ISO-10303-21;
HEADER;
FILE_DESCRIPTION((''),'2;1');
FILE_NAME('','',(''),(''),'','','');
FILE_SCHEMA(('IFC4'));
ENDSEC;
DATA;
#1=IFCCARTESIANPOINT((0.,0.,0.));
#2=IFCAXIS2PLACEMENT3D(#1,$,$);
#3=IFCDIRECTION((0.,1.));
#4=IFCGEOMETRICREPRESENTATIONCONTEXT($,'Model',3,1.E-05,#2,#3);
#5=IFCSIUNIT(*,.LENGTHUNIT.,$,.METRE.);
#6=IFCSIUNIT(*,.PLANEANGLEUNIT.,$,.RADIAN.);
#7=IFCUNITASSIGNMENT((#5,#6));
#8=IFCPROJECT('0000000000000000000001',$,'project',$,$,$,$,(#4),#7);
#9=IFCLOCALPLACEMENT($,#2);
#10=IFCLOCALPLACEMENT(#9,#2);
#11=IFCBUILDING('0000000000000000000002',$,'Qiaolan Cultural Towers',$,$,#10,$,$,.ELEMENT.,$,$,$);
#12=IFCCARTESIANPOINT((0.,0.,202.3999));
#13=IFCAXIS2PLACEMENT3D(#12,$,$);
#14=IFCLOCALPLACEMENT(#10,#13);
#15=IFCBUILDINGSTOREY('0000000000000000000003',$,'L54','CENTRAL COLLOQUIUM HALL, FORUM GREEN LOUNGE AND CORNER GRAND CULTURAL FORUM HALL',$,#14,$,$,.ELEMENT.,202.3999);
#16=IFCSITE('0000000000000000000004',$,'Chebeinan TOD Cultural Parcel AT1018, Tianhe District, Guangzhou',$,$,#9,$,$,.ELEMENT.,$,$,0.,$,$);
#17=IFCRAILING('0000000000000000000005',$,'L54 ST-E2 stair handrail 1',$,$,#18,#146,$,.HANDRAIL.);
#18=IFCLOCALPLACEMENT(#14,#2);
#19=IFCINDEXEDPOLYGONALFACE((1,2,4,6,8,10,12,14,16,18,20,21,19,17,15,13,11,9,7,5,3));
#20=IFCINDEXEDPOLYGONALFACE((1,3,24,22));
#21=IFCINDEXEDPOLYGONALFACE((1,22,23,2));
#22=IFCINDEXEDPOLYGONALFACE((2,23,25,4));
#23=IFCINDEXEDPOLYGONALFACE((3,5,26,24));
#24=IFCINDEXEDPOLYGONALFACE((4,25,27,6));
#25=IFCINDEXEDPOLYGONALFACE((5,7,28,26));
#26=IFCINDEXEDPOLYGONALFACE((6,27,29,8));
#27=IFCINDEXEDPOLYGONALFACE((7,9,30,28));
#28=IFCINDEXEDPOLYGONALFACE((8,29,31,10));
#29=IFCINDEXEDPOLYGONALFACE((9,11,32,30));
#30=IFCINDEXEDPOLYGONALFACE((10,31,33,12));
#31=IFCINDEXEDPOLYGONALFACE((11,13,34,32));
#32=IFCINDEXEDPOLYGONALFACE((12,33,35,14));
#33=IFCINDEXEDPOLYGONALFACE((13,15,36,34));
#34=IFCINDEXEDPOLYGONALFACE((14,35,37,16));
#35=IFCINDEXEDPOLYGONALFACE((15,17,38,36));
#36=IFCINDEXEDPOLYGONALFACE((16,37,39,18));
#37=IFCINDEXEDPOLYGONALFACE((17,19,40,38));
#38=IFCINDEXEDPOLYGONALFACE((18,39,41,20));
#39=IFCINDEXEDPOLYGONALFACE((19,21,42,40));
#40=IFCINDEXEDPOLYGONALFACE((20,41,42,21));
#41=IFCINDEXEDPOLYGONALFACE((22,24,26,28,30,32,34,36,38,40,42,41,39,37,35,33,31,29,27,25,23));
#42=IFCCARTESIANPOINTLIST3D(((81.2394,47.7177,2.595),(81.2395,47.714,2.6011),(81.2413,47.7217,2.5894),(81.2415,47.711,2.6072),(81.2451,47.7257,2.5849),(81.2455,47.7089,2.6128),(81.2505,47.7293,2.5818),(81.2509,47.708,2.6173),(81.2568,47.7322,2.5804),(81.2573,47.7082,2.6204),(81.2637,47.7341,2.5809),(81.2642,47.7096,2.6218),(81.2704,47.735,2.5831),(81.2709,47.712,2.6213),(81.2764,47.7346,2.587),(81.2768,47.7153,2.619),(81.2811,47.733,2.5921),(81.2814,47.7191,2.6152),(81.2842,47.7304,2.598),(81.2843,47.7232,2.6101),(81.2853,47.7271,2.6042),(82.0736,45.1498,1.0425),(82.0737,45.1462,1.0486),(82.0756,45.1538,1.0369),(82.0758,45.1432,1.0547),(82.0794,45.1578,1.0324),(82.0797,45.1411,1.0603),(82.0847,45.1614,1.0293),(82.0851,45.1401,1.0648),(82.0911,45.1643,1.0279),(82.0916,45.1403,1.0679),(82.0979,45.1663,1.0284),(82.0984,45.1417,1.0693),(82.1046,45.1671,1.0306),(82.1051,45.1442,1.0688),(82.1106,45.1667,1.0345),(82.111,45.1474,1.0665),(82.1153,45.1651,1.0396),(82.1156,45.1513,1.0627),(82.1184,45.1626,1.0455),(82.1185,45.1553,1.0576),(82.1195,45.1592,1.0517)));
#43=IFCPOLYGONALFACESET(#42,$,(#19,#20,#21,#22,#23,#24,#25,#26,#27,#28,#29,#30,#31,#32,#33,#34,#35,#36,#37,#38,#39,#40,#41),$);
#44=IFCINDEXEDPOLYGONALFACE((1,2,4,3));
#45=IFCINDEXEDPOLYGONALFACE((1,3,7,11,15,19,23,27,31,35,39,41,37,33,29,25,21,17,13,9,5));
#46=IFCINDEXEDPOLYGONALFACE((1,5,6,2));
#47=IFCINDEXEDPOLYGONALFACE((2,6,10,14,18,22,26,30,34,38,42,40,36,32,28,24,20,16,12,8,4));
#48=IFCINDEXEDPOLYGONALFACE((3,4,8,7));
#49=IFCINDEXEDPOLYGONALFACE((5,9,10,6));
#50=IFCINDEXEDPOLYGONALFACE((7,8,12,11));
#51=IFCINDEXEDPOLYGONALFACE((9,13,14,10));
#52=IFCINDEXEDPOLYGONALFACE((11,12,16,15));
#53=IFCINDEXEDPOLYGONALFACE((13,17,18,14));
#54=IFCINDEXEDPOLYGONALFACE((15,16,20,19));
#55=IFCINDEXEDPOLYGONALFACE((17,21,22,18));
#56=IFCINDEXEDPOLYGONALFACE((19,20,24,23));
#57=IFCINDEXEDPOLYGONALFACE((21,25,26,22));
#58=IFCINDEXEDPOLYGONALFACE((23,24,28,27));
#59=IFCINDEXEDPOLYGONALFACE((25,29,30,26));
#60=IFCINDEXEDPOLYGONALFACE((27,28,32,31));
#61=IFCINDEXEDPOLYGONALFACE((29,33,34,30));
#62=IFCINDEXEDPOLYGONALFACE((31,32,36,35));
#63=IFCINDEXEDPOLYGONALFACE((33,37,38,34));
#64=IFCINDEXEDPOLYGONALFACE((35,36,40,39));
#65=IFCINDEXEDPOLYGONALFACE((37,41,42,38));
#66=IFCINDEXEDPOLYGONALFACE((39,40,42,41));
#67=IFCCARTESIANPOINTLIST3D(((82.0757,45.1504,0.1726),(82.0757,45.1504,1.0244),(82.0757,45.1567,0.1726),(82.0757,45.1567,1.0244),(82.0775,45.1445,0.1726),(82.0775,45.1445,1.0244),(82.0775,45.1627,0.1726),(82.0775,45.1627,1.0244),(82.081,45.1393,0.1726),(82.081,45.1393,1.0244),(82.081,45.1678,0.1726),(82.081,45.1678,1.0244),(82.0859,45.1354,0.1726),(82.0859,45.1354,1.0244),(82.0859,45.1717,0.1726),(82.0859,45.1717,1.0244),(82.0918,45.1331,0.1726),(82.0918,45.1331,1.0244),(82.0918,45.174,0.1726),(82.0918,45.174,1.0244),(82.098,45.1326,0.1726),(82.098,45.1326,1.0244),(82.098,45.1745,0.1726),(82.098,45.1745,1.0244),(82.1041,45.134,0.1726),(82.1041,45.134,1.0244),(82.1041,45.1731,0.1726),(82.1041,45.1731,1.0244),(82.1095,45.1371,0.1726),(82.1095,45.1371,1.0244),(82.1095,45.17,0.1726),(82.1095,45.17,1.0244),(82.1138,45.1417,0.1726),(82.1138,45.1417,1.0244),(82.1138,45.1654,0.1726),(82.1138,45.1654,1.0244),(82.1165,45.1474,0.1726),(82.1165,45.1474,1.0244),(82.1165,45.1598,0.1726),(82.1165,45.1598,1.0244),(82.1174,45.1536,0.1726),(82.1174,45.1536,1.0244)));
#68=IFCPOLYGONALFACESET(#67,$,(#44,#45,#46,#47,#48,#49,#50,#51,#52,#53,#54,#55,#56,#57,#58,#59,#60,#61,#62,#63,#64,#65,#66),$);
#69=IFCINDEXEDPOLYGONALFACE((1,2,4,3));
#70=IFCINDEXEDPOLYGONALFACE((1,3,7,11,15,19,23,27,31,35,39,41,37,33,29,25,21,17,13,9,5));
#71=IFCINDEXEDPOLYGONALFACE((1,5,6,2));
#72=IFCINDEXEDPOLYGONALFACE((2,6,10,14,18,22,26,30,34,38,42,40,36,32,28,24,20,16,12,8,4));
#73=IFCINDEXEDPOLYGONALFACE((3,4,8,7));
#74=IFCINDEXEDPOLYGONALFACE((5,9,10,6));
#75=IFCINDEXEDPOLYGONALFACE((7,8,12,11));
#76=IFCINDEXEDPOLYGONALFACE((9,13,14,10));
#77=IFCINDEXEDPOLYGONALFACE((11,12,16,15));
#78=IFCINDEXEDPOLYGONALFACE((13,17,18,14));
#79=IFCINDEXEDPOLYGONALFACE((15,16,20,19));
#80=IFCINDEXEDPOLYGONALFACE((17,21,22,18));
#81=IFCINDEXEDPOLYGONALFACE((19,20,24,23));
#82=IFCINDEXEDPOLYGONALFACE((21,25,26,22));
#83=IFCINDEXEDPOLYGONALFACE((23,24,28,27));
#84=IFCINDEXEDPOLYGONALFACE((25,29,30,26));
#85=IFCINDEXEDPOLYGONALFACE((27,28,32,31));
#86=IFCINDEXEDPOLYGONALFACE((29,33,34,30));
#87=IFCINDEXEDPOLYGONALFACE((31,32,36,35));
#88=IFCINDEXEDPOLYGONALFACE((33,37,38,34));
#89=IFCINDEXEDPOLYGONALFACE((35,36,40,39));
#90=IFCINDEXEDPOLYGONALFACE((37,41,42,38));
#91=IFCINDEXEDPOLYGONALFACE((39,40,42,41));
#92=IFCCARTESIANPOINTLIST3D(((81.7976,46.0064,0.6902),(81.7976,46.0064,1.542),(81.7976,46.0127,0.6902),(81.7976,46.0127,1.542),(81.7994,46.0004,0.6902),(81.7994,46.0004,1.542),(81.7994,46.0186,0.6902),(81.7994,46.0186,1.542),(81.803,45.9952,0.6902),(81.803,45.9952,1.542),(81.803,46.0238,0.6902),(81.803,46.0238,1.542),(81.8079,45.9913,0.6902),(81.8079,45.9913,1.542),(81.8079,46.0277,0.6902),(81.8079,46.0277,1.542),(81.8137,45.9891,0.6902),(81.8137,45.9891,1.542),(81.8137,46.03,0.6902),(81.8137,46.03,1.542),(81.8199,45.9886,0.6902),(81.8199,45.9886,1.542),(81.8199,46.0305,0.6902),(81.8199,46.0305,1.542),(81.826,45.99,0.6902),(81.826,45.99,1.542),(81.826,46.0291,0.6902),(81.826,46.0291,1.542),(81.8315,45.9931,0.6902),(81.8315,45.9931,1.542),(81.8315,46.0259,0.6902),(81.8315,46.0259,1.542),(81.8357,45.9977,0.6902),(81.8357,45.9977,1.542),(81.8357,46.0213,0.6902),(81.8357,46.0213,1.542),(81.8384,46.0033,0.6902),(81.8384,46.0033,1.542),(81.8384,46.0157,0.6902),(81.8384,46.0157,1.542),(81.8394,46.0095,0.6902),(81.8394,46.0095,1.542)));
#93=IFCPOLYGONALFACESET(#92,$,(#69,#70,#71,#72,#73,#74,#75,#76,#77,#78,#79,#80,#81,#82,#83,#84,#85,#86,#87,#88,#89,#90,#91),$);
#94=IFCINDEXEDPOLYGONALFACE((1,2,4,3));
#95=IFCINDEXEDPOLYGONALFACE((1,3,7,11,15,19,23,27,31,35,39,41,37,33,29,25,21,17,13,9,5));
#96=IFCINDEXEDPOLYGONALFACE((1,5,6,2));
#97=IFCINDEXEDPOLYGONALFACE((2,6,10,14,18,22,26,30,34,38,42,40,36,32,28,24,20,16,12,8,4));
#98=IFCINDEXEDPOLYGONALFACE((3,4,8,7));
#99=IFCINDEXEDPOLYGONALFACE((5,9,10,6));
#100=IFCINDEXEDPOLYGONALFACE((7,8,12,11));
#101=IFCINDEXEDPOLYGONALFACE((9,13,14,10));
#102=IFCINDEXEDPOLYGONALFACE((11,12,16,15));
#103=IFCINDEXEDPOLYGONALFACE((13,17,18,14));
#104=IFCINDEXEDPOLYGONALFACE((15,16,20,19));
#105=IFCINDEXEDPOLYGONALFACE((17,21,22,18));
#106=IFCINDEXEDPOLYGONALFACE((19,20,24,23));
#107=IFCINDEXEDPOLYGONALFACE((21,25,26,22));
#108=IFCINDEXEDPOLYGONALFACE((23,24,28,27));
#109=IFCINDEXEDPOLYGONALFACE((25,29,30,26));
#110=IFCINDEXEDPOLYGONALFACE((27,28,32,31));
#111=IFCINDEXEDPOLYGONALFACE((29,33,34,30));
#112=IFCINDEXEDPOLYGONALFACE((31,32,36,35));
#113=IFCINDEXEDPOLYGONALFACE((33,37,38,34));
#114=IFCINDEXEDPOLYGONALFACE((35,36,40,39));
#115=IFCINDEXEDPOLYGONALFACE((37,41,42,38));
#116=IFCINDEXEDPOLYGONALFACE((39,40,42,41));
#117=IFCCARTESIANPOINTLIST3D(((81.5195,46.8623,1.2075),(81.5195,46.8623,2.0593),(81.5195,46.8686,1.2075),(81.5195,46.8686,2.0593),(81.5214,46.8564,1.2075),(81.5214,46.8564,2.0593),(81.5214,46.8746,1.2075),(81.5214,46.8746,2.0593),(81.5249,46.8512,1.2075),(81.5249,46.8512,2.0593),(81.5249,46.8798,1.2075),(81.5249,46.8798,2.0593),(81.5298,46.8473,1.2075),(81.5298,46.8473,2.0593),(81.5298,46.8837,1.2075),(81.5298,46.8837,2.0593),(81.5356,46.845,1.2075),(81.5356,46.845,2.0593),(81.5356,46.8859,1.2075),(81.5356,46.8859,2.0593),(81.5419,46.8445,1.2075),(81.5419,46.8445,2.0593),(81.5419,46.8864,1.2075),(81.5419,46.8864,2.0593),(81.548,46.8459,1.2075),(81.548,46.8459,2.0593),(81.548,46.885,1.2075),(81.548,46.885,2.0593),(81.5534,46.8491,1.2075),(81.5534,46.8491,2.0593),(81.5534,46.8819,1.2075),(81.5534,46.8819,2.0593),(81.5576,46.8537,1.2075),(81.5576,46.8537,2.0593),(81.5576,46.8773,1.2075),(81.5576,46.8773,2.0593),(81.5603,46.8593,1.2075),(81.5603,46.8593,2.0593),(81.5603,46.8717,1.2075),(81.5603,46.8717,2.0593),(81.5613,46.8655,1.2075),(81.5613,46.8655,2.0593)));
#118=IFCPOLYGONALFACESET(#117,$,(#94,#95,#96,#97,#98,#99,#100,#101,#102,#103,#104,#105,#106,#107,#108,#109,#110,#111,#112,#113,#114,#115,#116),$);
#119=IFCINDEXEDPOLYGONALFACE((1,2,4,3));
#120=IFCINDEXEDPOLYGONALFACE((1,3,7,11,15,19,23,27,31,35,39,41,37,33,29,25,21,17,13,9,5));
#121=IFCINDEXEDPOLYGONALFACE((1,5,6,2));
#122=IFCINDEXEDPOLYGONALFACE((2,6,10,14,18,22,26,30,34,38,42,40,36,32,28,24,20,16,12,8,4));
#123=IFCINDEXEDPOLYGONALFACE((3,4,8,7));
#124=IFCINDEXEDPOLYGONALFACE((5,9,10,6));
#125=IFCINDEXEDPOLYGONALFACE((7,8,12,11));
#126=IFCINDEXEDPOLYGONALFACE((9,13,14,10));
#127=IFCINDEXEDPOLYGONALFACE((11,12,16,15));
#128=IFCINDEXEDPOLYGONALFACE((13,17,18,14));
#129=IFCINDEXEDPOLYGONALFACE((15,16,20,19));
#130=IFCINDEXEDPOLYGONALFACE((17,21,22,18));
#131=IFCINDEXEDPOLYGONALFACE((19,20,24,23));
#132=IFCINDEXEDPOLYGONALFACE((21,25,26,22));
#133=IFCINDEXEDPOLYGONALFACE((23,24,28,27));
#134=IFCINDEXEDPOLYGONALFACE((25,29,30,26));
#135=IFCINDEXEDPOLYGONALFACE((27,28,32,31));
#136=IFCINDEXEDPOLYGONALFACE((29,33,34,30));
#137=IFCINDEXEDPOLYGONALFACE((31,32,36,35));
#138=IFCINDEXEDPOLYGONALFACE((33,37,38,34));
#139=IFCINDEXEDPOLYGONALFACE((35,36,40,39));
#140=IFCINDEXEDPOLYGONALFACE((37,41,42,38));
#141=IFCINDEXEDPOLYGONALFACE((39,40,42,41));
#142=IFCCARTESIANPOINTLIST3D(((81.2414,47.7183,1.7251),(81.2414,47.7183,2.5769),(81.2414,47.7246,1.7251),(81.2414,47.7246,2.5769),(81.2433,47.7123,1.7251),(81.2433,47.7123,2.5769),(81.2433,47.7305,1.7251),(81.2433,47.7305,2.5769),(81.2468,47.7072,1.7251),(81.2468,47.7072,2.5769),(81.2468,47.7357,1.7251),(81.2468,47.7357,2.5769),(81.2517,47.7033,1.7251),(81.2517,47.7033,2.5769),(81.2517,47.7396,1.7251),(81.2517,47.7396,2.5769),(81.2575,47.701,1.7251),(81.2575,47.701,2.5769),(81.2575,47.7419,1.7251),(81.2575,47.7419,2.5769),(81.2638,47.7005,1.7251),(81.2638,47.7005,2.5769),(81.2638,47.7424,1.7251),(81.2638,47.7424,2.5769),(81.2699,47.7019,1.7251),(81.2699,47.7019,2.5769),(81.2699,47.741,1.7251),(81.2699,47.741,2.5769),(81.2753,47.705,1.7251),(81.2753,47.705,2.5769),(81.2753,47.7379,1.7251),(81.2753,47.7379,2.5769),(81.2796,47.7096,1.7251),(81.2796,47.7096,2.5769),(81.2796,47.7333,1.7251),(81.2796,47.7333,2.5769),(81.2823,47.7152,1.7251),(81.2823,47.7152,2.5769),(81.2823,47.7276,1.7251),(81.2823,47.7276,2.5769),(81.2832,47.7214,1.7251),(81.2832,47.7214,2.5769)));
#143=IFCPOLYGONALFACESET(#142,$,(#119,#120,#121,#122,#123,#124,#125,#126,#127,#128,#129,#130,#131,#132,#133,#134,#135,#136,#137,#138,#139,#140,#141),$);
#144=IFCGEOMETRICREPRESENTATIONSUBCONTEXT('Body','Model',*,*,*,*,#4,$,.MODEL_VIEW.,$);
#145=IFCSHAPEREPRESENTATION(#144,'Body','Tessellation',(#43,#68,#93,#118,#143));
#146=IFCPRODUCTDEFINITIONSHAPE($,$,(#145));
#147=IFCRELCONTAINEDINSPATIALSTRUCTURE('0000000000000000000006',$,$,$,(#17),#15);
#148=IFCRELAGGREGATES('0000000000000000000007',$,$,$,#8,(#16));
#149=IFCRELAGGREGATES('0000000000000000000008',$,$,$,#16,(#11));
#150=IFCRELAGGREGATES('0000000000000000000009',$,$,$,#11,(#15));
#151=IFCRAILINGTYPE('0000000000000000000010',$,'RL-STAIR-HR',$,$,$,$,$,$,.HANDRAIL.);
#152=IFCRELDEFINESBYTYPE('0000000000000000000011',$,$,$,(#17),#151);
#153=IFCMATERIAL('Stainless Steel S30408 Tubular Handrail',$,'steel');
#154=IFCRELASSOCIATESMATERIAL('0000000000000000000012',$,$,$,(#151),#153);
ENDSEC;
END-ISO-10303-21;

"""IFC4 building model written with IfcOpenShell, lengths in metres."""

from ifc_helpers import new_model, si_unit, direction, frame, origin, origin_2d, place, context, subcontext, project, spatial, circle, extrude, material, type_object, element, save


model = new_model("IFC4")

# Units and contexts
model_context = context("Model", 3, precision=1e-05, world=origin(), true_north=direction((0.0, 1.0)))
body_context = subcontext(model_context, "Body", "Model", "MODEL_VIEW")
ifc_project = project(units=[si_unit("LENGTHUNIT", "METRE"), si_unit("PLANEANGLEUNIT", "RADIAN")], contexts=[model_context])

# Site, building, storey
site_placement = place(None, origin())
site = spatial("IfcSite", under=ifc_project, at=site_placement, Name="Chebeinan TOD Cultural Parcel AT1018, Tianhe District, Guangzhou", CompositionType="ELEMENT", RefElevation=0.0)
building_placement = place(site_placement, origin())
building = spatial("IfcBuilding", under=site, at=building_placement, Name="Qiaolan Cultural Towers", CompositionType="ELEMENT")
storey_placement = place(building_placement, frame((0.0, 0.0, 202.3999)))
storey = spatial("IfcBuildingStorey", under=building, at=storey_placement, Name="L54", Description="CENTRAL COLLOQUIUM HALL, FORUM GREEN LOUNGE AND CORNER GRAND CULTURAL FORUM HALL", CompositionType="ELEMENT", Elevation=202.3999)

# Railing
ifc_material_1 = material(Name="Stainless Steel S30408 Tubular Handrail", Category="steel")
railing_type_1 = type_object("IfcRailingType", Name="RL-STAIR-HR", PredefinedType="HANDRAIL", material=ifc_material_1)
railing_1_placement = place(storey_placement, frame((82.0964, 45.1536, 0.1726)))
element("IfcRailing", 1, at=railing_1_placement, inside=storey, type_object=railing_type_1, Name="L54 ST-E2 stair handrail 1", PredefinedType="HANDRAIL", context=body_context, shape_type="SweptSolid", body=[
    extrude(circle(Radius=0.0239, at=origin_2d()), frame((0.0, 0.0, 0.876), z_axis=(-0.267853, 0.824488, 0.498471), x_axis=(-0.95107, -0.308976, 0.0)), (0.0, 0.0, 1.0), 3.1145),
    extrude(circle(Radius=0.021, at=origin_2d()), origin(), (0.0, 0.0, 1.0), 0.8518),
    extrude(circle(Radius=0.021, at=origin_2d()), frame((-0.2781, 0.856, 0.5176)), (0.0, 0.0, 1.0), 0.8518),
    extrude(circle(Radius=0.021, at=origin_2d()), frame((-0.5562, 1.7119, 1.0349)), (0.0, 0.0, 1.0), 0.8518),
    extrude(circle(Radius=0.021, at=origin_2d()), frame((-0.8342, 2.5679, 1.5525)), (0.0, 0.0, 1.0), 0.8518),
])

save(model, "model.ifc")
